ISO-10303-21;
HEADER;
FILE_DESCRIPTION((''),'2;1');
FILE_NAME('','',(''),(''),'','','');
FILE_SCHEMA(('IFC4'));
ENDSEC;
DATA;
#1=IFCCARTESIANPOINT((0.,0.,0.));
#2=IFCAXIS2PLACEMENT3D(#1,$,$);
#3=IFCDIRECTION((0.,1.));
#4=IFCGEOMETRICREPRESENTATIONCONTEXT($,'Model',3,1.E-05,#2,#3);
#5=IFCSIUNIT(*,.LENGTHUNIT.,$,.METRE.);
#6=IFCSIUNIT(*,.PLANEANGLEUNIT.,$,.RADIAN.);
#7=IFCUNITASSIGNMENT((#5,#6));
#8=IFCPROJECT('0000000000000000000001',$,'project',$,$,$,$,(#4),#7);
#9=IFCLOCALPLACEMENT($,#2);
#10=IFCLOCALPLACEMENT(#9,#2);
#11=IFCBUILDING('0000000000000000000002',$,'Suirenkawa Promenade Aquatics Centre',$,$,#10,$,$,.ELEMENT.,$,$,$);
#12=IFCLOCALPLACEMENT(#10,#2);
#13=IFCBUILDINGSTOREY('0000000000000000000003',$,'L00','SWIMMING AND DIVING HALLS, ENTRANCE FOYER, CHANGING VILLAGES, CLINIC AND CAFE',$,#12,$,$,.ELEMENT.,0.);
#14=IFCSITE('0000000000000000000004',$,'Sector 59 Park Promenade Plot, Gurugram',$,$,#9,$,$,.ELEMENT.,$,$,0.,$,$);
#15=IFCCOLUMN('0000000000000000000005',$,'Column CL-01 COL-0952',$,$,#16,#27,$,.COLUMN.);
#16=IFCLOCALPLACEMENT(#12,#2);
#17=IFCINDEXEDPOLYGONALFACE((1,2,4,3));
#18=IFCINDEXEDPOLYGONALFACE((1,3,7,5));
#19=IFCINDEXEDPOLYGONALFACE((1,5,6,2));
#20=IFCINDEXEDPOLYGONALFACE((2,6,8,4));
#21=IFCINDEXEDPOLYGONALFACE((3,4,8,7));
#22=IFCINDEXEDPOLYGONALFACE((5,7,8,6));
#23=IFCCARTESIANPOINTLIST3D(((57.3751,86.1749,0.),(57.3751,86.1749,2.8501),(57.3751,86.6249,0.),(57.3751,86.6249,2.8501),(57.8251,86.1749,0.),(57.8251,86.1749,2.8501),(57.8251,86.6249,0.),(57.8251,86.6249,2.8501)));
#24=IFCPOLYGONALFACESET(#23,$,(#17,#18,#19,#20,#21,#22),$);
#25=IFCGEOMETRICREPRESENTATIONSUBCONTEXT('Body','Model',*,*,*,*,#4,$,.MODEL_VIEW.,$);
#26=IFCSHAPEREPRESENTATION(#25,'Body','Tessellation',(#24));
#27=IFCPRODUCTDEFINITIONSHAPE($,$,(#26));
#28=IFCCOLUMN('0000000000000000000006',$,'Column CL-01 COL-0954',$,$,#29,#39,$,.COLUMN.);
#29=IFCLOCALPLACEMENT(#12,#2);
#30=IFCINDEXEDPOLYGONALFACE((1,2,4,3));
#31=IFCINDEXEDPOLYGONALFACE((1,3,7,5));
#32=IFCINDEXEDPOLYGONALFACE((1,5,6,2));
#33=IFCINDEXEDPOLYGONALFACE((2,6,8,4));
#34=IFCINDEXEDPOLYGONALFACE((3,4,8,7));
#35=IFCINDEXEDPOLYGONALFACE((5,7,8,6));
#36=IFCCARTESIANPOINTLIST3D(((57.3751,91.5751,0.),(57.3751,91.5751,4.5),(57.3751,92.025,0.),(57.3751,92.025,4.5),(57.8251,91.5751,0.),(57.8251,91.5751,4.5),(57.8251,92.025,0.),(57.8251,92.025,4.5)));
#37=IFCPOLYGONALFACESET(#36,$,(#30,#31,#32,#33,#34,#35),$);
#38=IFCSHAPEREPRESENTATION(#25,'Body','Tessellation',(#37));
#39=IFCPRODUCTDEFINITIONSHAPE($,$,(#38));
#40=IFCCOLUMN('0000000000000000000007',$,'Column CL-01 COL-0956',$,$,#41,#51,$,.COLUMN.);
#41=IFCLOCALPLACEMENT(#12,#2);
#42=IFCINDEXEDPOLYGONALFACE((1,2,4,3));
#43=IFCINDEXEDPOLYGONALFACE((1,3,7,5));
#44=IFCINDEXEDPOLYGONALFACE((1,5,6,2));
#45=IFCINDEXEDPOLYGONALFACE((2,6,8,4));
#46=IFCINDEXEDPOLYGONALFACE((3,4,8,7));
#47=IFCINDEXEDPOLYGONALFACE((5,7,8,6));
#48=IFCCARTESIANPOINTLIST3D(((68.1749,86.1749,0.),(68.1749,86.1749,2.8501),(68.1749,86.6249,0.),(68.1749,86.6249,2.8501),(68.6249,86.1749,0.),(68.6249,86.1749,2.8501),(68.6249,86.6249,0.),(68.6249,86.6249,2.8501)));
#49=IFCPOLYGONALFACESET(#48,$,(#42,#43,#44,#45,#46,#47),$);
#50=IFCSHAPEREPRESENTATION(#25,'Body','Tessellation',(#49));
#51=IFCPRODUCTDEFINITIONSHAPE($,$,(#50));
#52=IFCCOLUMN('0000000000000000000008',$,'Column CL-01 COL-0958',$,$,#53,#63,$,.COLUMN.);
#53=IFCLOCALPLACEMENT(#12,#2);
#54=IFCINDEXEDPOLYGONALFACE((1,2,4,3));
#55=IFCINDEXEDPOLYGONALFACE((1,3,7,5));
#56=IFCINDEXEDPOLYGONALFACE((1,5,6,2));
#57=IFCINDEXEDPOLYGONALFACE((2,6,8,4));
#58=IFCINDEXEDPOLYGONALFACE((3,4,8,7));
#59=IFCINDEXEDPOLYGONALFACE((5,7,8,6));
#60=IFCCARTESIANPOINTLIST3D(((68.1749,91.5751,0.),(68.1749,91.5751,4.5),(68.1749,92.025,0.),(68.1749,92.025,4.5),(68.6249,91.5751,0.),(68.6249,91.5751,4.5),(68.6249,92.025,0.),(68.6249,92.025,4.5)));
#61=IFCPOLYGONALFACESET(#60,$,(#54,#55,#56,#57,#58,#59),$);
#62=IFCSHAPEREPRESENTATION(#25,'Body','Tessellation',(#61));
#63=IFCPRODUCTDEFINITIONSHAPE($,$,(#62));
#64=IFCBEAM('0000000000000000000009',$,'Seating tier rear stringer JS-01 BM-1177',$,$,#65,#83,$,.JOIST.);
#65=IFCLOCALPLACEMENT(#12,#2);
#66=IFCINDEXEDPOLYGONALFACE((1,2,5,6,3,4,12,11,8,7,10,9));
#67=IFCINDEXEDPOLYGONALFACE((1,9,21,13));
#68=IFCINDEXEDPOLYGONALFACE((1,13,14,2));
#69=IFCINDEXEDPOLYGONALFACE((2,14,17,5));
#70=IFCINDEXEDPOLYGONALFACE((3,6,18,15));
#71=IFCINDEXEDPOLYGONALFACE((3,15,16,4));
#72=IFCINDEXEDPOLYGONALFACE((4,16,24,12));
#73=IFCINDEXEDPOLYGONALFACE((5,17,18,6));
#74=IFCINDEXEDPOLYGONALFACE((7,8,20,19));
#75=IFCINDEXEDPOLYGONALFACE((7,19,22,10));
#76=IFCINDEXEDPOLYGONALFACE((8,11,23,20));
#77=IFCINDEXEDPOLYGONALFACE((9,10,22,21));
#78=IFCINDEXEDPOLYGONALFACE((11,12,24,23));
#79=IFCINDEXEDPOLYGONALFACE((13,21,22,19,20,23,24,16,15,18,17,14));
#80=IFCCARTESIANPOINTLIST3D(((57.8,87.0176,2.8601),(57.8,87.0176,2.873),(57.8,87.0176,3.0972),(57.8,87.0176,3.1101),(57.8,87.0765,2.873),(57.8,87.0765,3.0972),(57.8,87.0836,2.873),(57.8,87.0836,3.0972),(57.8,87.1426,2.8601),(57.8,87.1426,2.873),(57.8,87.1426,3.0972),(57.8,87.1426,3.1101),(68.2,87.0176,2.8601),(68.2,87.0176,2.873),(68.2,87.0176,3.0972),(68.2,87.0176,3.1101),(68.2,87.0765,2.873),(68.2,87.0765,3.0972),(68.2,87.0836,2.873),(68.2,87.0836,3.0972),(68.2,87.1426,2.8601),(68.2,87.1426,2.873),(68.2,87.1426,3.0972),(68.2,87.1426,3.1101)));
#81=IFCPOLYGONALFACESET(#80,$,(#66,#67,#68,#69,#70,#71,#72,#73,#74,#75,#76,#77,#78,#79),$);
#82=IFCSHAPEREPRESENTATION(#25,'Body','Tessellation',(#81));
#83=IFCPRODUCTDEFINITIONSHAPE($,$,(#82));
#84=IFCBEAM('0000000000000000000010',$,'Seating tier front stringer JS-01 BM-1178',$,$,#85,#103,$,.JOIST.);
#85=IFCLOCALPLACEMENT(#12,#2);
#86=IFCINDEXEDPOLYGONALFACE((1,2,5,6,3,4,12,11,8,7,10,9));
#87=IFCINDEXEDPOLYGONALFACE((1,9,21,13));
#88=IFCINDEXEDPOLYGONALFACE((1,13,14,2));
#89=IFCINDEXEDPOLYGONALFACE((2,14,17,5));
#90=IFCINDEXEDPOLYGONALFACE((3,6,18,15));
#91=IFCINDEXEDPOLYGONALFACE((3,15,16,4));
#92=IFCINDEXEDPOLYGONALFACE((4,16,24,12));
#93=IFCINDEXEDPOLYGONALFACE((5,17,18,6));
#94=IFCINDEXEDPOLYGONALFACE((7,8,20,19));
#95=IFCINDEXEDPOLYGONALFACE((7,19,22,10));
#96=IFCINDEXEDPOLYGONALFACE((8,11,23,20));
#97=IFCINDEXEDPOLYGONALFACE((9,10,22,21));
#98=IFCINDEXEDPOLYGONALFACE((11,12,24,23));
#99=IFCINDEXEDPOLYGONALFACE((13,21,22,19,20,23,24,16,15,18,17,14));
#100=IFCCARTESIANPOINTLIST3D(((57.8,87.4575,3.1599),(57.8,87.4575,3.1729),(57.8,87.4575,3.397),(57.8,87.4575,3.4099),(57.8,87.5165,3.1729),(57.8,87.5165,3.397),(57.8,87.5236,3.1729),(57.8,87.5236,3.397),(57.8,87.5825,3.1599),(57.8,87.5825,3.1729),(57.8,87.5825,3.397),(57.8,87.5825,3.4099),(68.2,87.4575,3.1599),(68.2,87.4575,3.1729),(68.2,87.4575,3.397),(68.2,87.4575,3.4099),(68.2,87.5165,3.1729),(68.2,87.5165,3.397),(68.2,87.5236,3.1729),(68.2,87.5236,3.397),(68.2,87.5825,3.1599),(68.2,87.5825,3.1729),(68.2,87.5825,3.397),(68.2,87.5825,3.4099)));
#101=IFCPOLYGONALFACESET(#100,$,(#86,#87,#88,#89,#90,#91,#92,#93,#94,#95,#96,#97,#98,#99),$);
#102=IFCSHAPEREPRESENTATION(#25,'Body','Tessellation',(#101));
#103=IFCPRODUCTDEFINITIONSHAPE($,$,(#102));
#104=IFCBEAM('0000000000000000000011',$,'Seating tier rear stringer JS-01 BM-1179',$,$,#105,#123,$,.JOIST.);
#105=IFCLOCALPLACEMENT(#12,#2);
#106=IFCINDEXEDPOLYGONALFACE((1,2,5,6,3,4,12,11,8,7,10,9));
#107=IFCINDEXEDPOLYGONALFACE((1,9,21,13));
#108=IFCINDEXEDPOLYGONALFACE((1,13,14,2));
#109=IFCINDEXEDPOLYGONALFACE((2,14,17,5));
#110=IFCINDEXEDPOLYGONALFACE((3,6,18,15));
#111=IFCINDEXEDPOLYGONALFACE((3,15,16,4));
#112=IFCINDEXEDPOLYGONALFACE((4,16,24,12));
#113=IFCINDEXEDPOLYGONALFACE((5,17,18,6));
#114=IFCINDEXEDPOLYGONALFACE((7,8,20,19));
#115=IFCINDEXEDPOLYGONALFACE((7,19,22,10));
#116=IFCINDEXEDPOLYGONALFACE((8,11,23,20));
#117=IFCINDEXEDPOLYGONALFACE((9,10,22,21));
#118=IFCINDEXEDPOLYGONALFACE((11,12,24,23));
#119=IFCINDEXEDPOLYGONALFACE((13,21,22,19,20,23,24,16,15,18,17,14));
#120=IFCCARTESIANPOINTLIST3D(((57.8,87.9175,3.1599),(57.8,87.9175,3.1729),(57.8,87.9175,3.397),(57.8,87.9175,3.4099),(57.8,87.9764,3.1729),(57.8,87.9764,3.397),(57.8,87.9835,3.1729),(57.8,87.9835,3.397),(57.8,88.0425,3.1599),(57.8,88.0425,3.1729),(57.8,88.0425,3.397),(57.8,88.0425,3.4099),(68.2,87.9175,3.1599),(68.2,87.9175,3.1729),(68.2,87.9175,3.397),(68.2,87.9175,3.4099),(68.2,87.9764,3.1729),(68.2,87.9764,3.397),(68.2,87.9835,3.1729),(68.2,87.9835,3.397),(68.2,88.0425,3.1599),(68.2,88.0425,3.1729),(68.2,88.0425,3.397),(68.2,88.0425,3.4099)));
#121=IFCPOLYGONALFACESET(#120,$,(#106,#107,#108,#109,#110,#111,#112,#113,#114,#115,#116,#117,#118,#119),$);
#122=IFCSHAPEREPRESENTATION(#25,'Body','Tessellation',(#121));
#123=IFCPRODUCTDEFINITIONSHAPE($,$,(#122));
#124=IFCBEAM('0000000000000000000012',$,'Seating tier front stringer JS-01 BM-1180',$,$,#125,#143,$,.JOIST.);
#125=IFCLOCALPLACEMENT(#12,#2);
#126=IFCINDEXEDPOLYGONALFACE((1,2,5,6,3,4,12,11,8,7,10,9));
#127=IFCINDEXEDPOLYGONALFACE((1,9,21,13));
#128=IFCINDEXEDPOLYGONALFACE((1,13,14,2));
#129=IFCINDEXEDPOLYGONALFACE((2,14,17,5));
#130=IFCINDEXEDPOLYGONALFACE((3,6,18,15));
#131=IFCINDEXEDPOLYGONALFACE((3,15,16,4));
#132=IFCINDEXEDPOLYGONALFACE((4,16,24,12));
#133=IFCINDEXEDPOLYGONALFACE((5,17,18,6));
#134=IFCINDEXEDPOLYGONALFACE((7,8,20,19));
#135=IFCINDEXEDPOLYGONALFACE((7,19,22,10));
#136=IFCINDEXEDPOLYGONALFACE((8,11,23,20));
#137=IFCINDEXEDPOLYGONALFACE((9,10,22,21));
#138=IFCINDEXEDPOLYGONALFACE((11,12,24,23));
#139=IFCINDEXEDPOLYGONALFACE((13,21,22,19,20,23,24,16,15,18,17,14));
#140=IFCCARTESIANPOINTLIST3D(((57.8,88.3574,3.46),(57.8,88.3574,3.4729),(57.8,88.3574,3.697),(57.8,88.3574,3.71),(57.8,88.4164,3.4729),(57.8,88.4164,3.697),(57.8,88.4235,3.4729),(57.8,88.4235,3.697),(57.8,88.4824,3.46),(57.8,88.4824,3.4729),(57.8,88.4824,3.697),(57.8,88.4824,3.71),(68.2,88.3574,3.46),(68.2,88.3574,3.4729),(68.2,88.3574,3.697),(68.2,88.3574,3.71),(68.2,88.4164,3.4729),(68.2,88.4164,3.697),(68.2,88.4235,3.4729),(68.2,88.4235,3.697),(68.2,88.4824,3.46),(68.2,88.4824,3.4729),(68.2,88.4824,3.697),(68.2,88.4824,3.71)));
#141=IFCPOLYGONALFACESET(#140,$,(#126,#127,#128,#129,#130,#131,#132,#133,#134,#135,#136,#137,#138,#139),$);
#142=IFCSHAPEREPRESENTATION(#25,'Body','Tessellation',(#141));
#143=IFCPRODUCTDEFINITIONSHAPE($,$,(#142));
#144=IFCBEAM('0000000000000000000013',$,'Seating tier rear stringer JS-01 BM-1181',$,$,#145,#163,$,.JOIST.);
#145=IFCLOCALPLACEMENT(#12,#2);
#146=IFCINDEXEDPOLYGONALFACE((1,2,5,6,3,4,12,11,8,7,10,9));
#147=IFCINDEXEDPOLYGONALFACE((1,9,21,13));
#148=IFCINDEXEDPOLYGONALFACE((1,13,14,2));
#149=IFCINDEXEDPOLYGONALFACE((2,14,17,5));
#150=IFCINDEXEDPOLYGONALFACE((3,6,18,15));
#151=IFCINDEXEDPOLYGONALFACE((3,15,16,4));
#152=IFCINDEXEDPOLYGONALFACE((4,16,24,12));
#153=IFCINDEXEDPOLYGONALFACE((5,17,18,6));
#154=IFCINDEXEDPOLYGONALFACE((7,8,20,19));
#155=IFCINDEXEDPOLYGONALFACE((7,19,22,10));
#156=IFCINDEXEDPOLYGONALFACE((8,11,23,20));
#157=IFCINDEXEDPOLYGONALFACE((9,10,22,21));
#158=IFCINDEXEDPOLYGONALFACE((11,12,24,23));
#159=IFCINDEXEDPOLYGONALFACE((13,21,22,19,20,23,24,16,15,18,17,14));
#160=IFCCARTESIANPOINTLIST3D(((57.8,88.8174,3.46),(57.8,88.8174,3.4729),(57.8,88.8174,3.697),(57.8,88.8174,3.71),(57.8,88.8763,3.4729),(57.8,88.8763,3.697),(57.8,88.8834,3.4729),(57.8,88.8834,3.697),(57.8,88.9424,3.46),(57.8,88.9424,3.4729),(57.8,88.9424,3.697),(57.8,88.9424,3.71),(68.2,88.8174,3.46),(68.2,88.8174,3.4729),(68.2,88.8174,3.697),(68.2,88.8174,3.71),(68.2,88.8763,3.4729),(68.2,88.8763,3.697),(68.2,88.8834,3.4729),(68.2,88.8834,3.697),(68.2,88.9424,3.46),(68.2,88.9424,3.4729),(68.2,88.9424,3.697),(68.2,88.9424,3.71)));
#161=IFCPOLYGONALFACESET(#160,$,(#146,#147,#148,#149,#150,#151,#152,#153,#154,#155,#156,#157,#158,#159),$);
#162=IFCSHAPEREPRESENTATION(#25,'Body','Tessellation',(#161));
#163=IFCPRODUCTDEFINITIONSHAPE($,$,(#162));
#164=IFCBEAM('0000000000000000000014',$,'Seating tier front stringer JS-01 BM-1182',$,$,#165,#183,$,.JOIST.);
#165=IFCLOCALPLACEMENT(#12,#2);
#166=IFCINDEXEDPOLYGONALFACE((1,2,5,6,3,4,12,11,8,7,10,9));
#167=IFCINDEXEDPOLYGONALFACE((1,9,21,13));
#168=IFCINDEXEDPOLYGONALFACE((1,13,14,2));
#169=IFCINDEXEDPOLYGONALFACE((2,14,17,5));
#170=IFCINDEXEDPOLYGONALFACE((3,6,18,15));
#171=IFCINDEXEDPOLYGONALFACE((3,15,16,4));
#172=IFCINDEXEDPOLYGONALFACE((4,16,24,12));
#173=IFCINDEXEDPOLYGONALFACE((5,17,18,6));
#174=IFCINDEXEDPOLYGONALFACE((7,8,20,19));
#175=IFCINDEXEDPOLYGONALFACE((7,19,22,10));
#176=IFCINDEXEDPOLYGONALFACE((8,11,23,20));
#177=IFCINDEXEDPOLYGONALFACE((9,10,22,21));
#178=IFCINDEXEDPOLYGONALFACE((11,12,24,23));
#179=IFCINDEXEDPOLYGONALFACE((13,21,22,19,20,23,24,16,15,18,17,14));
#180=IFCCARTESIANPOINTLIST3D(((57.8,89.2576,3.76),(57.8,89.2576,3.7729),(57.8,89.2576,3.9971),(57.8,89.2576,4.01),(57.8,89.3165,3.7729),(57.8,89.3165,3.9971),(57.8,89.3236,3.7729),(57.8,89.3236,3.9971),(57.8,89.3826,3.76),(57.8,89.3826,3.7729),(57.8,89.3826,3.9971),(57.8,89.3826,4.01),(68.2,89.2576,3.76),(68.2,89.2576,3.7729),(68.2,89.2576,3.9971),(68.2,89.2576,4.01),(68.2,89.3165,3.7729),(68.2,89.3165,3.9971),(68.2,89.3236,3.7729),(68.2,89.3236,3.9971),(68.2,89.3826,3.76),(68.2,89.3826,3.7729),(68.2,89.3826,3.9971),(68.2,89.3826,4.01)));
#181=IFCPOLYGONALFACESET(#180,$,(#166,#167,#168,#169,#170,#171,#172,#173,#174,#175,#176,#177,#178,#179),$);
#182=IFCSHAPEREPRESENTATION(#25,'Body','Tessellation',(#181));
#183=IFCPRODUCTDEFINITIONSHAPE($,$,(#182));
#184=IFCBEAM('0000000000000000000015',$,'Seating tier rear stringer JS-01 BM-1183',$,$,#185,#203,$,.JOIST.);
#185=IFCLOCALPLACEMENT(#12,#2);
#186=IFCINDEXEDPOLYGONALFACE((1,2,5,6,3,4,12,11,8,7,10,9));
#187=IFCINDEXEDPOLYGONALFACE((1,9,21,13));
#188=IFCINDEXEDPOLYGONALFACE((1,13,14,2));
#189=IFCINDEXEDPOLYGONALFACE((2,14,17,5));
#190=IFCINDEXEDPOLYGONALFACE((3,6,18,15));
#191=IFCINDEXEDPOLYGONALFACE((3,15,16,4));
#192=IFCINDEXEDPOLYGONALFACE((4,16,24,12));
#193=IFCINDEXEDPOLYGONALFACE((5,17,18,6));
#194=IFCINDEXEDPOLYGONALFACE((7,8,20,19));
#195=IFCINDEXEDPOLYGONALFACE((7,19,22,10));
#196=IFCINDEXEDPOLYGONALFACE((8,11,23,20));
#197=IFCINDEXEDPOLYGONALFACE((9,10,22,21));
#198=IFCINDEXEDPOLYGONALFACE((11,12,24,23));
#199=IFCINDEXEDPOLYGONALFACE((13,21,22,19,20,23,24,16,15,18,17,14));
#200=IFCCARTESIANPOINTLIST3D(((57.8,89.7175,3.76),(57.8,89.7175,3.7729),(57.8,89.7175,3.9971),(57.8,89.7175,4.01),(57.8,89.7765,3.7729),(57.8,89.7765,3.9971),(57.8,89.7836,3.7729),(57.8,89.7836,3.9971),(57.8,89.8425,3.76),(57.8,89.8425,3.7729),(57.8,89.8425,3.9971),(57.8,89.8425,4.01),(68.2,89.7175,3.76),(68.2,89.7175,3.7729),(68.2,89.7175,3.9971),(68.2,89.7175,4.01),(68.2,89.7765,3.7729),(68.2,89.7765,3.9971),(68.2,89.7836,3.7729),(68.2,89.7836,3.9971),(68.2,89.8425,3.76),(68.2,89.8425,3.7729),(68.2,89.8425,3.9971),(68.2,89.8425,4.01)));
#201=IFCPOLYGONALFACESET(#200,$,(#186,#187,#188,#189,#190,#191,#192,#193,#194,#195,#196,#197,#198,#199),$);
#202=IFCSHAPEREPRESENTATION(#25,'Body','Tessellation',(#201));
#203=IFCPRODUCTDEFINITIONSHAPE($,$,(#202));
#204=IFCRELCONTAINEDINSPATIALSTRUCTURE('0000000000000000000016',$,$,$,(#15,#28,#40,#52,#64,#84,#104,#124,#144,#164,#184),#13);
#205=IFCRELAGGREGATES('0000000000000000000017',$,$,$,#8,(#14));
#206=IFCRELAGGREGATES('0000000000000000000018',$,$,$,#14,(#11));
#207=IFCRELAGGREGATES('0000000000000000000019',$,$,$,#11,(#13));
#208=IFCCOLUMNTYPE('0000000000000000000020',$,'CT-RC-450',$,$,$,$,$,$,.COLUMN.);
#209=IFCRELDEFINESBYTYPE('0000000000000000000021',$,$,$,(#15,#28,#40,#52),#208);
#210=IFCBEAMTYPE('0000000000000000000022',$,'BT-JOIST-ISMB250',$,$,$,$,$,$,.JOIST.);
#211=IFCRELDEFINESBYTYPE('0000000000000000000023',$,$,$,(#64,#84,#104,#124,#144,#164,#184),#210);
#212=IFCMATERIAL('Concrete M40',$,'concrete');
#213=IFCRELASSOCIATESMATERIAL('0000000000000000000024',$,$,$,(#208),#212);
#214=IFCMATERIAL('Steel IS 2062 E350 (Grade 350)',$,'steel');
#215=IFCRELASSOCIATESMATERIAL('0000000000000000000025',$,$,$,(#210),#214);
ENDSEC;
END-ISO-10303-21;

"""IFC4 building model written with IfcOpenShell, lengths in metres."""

from ifc_helpers import new_model, si_unit, direction, frame, origin, origin_2d, place, context, subcontext, project, spatial, rectangle, i_section, extrude, material, material_profile, profile_set, type_object, element, save


model = new_model("IFC4")

# Units and contexts
model_context = context("Model", 3, precision=1e-05, world=origin(), true_north=direction((0.0, 1.0)))
body_context = subcontext(model_context, "Body", "Model", "MODEL_VIEW")
ifc_project = project(units=[si_unit("LENGTHUNIT", "METRE"), si_unit("PLANEANGLEUNIT", "RADIAN")], contexts=[model_context])

# Site, building, storey
site_placement = place(None, origin())
site = spatial("IfcSite", under=ifc_project, at=site_placement, Name="Sector 59 Park Promenade Plot, Gurugram", CompositionType="ELEMENT", RefElevation=0.0)
building_placement = place(site_placement, origin())
building = spatial("IfcBuilding", under=site, at=building_placement, Name="Suirenkawa Promenade Aquatics Centre", CompositionType="ELEMENT")
storey_placement = place(building_placement, origin())
storey = spatial("IfcBuildingStorey", under=building, at=storey_placement, Name="L00", Description="SWIMMING AND DIVING HALLS, ENTRANCE FOYER, CHANGING VILLAGES, CLINIC AND CAFE", CompositionType="ELEMENT", Elevation=0.0)

# Columns
ifc_material_1 = material(Name="Concrete M40", Category="concrete")
ifc_material_profile_1 = material_profile(ifc_material_1, rectangle(XDim=0.45, YDim=0.45, at=origin_2d()), Name="RC COL 450x450", Category="concrete")
ifc_profile_set_1 = profile_set([ifc_material_profile_1], Name="Concrete M40")
column_type = type_object("IfcColumnType", Name="CT-RC-450", PredefinedType="COLUMN", material=ifc_profile_set_1)
column_1_placement = place(storey_placement, frame((57.6001, 86.3999, 0.0), z_axis=(0.0, 0.0, 1.0), x_axis=(1.0, 0.0, 0.0)))
element("IfcColumn", 1, at=column_1_placement, inside=storey, type_object=column_type, Name="Column CL-01 COL-0952", PredefinedType="COLUMN", context=body_context, shape_type="SweptSolid", body=[
    extrude(rectangle(XDim=0.45, YDim=0.45, at=origin_2d()), origin(), (0.0, 0.0, 1.0), 2.8501),
])
column_2_placement = place(storey_placement, frame((57.6001, 91.8, 0.0), z_axis=(0.0, 0.0, 1.0), x_axis=(1.0, 0.0, 0.0)))
element("IfcColumn", 2, at=column_2_placement, inside=storey, type_object=column_type, Name="Column CL-01 COL-0954", PredefinedType="COLUMN", context=body_context, shape_type="SweptSolid", body=[
    extrude(rectangle(XDim=0.45, YDim=0.45, at=origin_2d()), origin(), (0.0, 0.0, 1.0), 4.5),
])
column_3_placement = place(storey_placement, frame((68.3999, 86.3999, 0.0), z_axis=(0.0, 0.0, 1.0), x_axis=(1.0, 0.0, 0.0)))
element("IfcColumn", 3, at=column_3_placement, inside=storey, type_object=column_type, Name="Column CL-01 COL-0956", PredefinedType="COLUMN", context=body_context, shape_type="SweptSolid", body=[
    extrude(rectangle(XDim=0.45, YDim=0.45, at=origin_2d()), origin(), (0.0, 0.0, 1.0), 2.8501),
])
column_4_placement = place(storey_placement, frame((68.3999, 91.8, 0.0), z_axis=(0.0, 0.0, 1.0), x_axis=(1.0, 0.0, 0.0)))
element("IfcColumn", 4, at=column_4_placement, inside=storey, type_object=column_type, Name="Column CL-01 COL-0958", PredefinedType="COLUMN", context=body_context, shape_type="SweptSolid", body=[
    extrude(rectangle(XDim=0.45, YDim=0.45, at=origin_2d()), origin(), (0.0, 0.0, 1.0), 4.5),
])

# Beams
ifc_material_2 = material(Name="Steel IS 2062 E350 (Grade 350)", Category="steel")
ifc_material_profile_2 = material_profile(ifc_material_2, i_section(OverallWidth=0.125, OverallDepth=0.25, WebThickness=0.0071, FlangeThickness=0.0129, at=origin_2d()), Name="ISMB 250", Category="steel")
ifc_profile_set_2 = profile_set([ifc_material_profile_2], Name="Steel IS 2062 E350 (Grade 350)")
beam_type_1 = type_object("IfcBeamType", Name="BT-JOIST-ISMB250", PredefinedType="JOIST", material=ifc_profile_set_2)
for number, where, z_axis, x_axis, name in (
    (5, (57.8, 87.0801, 2.9851), (1.0, 0.0, 0.0), (0.0, 1.0, 0.0), "Seating tier rear stringer JS-01 BM-1177"),
    (6, (57.8, 87.52, 3.2849), (1.0, 0.0, 0.0), (0.0, 1.0, 0.0), "Seating tier front stringer JS-01 BM-1178"),
    (7, (57.8, 87.98, 3.2849), (1.0, 0.0, 0.0), (0.0, 1.0, 0.0), "Seating tier rear stringer JS-01 BM-1179"),
    (8, (57.8, 88.4199, 3.585), (1.0, 0.0, 0.0), (0.0, 1.0, 0.0), "Seating tier front stringer JS-01 BM-1180"),
    (9, (57.8, 88.8799, 3.585), (1.0, 0.0, 0.0), (0.0, 1.0, 0.0), "Seating tier rear stringer JS-01 BM-1181"),
    (10, (57.8, 89.3201, 3.885), (1.0, 0.0, 0.0), (0.0, 1.0, 0.0), "Seating tier front stringer JS-01 BM-1182"),
    (11, (57.8, 89.78, 3.885), (1.0, 0.0, 0.0), (0.0, 1.0, 0.0), "Seating tier rear stringer JS-01 BM-1183"),
):
    element("IfcBeam", number, at=place(storey_placement, frame(where, z_axis=z_axis, x_axis=x_axis)), inside=storey, type_object=beam_type_1, Name=name, PredefinedType="JOIST", context=body_context, shape_type="SweptSolid", body=[
        extrude(i_section(OverallWidth=0.125, OverallDepth=0.25, WebThickness=0.0071, FlangeThickness=0.0129, at=origin_2d()), origin(), (0.0, 0.0, 1.0), 10.3999),
    ])

save(model, "model.ifc")
